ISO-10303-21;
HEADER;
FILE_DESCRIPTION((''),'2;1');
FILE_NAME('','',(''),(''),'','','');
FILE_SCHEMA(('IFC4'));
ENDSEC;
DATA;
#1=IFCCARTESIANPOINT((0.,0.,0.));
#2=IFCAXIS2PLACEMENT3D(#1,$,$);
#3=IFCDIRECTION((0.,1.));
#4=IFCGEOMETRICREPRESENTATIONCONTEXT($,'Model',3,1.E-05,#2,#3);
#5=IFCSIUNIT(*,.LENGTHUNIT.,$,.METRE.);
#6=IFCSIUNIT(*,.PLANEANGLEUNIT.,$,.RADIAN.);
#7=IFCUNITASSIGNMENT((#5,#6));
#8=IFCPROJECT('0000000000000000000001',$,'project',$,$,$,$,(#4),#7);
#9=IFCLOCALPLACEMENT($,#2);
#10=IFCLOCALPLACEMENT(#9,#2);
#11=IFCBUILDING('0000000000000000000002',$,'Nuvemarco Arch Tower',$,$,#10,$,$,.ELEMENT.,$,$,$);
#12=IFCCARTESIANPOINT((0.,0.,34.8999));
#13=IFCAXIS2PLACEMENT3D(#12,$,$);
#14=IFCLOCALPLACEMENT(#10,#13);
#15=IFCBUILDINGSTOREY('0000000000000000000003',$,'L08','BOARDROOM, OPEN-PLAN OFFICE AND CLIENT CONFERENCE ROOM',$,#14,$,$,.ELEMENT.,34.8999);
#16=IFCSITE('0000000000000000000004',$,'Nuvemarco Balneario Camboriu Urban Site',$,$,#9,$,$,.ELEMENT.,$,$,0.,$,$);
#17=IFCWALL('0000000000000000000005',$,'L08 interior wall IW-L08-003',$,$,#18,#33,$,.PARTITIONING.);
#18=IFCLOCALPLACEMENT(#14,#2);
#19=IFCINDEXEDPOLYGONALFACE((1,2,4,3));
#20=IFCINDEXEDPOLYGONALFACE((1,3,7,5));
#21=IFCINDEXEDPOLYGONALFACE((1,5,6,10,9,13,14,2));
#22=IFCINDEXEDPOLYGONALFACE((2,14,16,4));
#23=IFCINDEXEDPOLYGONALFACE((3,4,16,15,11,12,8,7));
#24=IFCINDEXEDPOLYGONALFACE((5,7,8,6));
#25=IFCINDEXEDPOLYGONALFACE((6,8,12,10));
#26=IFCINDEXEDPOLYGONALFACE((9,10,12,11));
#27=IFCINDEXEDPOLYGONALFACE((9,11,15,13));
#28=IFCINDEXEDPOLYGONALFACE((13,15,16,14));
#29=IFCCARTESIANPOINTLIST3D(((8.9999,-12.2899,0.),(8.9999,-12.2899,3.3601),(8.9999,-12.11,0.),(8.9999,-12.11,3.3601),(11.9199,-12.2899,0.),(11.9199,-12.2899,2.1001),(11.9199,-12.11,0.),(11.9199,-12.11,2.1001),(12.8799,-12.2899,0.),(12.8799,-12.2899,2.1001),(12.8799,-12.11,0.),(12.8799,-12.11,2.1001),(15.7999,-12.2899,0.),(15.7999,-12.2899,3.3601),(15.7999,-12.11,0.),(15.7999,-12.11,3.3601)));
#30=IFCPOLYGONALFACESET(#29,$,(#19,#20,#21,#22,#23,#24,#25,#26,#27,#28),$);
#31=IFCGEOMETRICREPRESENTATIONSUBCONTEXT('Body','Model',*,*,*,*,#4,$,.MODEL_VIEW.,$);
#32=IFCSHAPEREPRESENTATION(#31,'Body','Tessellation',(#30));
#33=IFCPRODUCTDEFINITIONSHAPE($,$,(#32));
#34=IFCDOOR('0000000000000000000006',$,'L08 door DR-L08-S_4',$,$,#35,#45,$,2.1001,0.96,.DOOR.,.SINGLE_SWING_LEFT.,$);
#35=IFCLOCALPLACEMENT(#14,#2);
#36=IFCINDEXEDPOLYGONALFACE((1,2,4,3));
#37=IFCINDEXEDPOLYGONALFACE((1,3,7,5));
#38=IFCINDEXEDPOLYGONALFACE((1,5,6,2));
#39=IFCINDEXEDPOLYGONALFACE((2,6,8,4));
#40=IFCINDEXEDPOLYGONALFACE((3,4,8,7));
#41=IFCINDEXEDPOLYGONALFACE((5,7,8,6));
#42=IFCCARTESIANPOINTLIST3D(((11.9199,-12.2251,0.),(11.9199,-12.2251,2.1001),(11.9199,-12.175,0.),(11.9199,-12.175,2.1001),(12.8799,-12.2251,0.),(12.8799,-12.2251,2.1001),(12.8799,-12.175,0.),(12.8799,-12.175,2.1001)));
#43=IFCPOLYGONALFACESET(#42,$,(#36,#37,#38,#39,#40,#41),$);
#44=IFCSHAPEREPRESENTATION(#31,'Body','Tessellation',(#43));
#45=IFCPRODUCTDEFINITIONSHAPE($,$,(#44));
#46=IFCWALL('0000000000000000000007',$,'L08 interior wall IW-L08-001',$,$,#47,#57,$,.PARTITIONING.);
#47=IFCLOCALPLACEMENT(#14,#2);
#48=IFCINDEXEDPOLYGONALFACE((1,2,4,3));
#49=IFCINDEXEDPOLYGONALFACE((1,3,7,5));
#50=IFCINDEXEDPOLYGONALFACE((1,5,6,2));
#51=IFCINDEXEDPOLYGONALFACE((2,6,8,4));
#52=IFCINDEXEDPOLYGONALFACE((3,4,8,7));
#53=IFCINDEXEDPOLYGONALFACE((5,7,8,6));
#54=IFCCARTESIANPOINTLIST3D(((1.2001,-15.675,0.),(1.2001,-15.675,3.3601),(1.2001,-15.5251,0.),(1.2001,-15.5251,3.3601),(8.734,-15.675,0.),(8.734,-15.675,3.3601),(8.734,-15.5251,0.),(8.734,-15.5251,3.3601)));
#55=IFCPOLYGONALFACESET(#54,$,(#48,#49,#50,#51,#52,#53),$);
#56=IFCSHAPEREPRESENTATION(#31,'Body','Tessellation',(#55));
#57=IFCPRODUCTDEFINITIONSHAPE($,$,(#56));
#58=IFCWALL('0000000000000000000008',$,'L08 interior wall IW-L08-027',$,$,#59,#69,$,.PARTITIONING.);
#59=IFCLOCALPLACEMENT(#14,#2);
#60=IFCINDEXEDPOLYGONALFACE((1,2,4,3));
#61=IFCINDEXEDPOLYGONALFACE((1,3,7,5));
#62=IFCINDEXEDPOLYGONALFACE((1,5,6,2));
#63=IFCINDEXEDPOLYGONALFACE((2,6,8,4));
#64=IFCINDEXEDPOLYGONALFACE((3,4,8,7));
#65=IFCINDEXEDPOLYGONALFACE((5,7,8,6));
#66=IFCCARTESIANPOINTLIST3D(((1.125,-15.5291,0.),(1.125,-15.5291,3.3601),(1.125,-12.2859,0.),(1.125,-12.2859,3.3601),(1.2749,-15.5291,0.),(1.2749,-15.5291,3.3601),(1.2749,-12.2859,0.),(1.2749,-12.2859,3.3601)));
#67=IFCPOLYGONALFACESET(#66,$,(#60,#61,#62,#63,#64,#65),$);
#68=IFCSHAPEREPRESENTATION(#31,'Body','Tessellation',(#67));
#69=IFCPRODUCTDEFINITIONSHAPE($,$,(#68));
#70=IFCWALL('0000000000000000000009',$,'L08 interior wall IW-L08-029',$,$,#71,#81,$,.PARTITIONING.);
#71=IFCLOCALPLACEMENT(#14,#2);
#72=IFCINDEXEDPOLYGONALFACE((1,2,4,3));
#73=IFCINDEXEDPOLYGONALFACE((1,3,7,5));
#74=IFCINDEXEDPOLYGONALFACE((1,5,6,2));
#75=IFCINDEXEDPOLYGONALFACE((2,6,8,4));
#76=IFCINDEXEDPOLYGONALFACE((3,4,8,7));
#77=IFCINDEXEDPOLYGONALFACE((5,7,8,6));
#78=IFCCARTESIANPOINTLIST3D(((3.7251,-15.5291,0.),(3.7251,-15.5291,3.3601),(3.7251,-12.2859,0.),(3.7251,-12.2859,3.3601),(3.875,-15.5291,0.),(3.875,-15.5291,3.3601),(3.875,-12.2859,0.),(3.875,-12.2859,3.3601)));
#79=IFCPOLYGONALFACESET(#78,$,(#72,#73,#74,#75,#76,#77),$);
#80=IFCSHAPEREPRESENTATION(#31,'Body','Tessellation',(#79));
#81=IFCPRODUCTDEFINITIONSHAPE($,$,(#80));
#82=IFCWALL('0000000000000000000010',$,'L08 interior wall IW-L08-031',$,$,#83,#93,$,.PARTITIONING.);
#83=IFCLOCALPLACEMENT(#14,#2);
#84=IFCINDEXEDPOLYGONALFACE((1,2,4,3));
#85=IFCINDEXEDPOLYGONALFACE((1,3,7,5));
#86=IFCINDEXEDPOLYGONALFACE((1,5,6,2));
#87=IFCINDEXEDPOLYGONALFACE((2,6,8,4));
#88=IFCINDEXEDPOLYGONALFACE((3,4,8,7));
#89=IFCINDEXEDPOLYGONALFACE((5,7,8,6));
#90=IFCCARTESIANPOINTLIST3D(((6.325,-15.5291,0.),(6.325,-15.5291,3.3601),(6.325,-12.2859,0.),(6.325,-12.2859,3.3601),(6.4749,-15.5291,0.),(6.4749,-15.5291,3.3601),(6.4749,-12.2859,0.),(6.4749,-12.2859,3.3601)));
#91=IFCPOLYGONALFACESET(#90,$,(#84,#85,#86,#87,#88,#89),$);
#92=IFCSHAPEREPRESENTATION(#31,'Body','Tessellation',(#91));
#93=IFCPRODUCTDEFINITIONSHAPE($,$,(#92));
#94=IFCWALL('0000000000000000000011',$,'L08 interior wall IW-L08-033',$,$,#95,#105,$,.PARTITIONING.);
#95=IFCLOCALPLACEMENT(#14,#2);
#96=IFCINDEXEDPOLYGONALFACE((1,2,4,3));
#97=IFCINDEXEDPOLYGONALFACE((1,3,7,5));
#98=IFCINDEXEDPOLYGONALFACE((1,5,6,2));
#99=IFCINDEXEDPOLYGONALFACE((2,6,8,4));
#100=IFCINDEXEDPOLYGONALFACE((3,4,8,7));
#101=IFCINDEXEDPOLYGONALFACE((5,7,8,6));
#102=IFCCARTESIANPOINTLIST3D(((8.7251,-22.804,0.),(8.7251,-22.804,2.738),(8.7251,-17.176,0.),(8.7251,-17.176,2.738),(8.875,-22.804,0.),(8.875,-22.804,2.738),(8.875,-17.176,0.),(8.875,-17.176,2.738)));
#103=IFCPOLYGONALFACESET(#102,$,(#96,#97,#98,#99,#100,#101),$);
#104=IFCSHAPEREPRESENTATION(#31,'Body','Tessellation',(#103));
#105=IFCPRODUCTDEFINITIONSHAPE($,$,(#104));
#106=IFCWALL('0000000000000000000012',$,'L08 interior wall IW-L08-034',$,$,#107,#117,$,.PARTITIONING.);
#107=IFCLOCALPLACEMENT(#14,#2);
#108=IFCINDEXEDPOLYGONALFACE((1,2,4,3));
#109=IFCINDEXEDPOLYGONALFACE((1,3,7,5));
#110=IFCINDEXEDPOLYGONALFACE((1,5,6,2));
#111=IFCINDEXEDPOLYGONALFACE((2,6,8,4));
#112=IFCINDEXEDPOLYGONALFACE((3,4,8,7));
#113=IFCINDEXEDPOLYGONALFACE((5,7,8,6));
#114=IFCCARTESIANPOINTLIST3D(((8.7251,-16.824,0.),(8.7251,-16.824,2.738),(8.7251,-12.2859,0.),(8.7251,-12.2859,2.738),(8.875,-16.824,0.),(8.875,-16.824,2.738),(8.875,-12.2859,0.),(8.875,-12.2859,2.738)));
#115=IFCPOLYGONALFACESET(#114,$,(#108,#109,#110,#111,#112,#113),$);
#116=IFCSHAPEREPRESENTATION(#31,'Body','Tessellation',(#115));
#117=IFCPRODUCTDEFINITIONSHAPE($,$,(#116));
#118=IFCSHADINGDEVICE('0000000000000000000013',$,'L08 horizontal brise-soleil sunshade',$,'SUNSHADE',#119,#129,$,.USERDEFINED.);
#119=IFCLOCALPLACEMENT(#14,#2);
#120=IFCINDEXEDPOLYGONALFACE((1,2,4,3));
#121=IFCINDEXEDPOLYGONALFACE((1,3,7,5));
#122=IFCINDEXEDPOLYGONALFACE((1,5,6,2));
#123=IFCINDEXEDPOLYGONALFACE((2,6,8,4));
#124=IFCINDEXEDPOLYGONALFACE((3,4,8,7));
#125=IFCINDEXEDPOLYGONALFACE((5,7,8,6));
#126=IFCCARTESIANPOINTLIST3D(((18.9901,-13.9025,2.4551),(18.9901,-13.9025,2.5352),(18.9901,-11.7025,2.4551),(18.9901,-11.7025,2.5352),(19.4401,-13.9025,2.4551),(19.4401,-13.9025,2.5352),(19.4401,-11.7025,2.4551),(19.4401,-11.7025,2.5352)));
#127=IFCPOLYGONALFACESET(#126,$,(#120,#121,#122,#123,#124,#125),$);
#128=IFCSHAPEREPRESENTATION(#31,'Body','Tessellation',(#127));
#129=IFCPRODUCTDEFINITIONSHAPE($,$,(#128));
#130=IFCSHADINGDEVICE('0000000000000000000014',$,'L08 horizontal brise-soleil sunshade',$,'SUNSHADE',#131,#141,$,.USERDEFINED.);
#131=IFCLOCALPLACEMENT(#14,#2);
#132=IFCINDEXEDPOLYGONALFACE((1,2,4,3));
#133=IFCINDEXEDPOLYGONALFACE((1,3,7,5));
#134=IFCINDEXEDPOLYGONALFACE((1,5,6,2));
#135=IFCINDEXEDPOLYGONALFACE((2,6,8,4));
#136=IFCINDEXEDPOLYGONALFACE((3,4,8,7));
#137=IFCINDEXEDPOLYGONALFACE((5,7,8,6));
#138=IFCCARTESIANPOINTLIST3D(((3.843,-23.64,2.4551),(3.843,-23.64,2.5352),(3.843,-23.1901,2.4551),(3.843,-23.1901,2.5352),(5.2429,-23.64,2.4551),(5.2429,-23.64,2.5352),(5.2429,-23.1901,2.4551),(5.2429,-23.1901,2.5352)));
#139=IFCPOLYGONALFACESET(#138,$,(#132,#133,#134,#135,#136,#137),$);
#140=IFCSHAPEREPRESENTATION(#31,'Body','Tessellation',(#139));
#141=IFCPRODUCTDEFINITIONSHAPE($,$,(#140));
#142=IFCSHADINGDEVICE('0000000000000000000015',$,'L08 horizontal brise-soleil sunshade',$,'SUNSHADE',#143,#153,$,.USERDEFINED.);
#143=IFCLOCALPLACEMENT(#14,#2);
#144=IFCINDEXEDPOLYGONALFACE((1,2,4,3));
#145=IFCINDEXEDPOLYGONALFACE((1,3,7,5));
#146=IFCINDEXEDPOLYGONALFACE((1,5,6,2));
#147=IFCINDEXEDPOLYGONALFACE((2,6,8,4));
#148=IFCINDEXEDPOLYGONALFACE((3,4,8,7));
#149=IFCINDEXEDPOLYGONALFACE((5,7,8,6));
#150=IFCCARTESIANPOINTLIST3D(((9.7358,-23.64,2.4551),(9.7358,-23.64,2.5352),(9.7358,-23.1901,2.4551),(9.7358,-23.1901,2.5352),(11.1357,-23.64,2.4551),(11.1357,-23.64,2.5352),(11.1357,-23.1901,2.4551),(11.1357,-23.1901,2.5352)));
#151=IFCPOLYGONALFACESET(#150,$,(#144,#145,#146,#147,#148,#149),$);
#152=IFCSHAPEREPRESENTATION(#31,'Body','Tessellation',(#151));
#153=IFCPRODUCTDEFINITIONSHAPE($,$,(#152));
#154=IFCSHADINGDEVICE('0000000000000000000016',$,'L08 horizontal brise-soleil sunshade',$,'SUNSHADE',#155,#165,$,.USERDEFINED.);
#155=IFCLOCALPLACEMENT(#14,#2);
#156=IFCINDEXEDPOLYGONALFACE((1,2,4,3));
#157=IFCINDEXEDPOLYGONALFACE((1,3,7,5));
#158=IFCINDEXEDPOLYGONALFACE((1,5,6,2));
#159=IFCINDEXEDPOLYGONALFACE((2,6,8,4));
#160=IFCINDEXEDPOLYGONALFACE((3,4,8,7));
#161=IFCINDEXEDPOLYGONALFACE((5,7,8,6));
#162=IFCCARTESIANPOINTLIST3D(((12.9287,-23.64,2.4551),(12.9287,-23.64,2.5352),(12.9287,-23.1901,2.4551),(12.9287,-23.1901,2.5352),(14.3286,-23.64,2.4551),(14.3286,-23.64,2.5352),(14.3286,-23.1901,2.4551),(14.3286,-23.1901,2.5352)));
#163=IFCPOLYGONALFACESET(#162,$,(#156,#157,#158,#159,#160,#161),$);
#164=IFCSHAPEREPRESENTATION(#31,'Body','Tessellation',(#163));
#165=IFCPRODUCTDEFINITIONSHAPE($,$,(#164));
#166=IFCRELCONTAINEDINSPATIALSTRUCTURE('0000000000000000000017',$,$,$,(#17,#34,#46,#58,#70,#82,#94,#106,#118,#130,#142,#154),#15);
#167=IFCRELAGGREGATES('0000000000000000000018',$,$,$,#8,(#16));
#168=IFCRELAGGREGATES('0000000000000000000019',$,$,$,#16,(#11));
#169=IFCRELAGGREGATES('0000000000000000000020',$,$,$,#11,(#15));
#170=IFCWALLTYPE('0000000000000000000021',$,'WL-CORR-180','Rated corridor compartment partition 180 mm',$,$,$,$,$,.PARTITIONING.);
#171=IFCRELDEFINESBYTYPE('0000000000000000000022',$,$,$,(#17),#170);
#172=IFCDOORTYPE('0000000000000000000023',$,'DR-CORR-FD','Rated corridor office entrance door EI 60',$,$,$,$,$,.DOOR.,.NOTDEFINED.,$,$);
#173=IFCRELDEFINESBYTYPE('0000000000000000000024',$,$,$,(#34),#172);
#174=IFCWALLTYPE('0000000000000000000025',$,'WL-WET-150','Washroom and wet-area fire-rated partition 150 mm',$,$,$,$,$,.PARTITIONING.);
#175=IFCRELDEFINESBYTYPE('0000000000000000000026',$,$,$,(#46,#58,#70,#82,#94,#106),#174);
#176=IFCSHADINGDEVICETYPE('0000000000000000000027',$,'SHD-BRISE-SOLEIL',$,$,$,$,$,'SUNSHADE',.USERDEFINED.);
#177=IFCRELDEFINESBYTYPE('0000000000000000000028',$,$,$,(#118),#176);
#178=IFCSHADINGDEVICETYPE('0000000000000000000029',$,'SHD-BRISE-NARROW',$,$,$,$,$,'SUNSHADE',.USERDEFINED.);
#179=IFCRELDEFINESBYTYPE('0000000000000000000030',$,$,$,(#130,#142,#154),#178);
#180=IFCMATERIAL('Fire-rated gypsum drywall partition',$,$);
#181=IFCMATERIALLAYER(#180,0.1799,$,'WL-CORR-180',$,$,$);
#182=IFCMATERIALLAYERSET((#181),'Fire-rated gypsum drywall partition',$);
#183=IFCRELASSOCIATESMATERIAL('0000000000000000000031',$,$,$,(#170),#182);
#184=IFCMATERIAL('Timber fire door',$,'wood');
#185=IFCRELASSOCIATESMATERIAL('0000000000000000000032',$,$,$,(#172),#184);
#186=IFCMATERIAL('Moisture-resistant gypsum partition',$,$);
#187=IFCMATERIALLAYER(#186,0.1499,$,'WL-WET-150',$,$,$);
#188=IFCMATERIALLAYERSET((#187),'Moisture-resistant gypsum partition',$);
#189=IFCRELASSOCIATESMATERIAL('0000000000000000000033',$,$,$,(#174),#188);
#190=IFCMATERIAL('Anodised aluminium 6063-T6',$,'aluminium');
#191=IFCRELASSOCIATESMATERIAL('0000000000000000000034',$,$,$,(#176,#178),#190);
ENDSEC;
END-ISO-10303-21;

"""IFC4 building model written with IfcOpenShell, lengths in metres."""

from ifc_helpers import new_model, si_unit, direction, frame, frame_2d, origin, origin_2d, place, context, subcontext, project, spatial, rectangle, extrude, source, transform, mapped, material, layer, layer_set, type_object, type_shapes, element, fill, save


model = new_model("IFC4")

# Units and contexts
model_context = context("Model", 3, precision=1e-05, world=origin(), true_north=direction((0.0, 1.0)))
body_context = subcontext(model_context, "Body", "Model", "MODEL_VIEW")
ifc_project = project(units=[si_unit("LENGTHUNIT", "METRE"), si_unit("PLANEANGLEUNIT", "RADIAN")], contexts=[model_context])

# Site, building, storey
site_placement = place(None, origin())
site = spatial("IfcSite", under=ifc_project, at=site_placement, Name="Nuvemarco Balneario Camboriu Urban Site", CompositionType="ELEMENT", RefElevation=0.0)
building_placement = place(site_placement, origin())
building = spatial("IfcBuilding", under=site, at=building_placement, Name="Nuvemarco Arch Tower", CompositionType="ELEMENT")
storey_placement = place(building_placement, frame((0.0, 0.0, 34.8999)))
storey = spatial("IfcBuildingStorey", under=building, at=storey_placement, Name="L08", Description="BOARDROOM, OPEN-PLAN OFFICE AND CLIENT CONFERENCE ROOM", CompositionType="ELEMENT", Elevation=34.8999)

# Wall, opening, door
ifc_material_1 = material(Name="Fire-rated gypsum drywall partition")
ifc_layer_1 = layer(ifc_material_1, 0.1799, Name="WL-CORR-180")
ifc_layer_set_1 = layer_set([ifc_layer_1], Name="Fire-rated gypsum drywall partition")
wall_type_1 = type_object("IfcWallType", Name="WL-CORR-180", Description="Rated corridor compartment partition 180 mm", PredefinedType="PARTITIONING", material=ifc_layer_set_1)
wall_1_placement = place(storey_placement, frame((9.0, -12.2, 0.0), z_axis=(0.0, 0.0, 1.0), x_axis=(1.0, 0.0, 0.0)))
wall_1 = element("IfcWall", 1, at=wall_1_placement, inside=storey, type_object=wall_type_1, Name="L08 interior wall IW-L08-003", PredefinedType="PARTITIONING", context=body_context, shape_type="SweptSolid", body=[
    extrude(rectangle(XDim=6.8, YDim=0.1799, at=frame_2d((3.3999, 0.0))), origin(), (0.0, 0.0, 1.0), 3.3601),
])
opening_1_placement = place(wall_1_placement, frame((2.9199, 0.0, 0.0)))
opening_1 = element("IfcOpeningElement", 2, at=opening_1_placement, cuts=wall_1, PredefinedType="OPENING", context=body_context, shape_type="SweptSolid", body=[
    extrude(rectangle(XDim=0.96, YDim=2.1001, at=frame_2d((0.48, 1.05))), frame((0.0, 0.0999, 0.0), z_axis=(0.0, -1.0, 0.0), x_axis=(1.0, 0.0, 0.0)), (0.0, 0.0, 1.0), 0.2),
])
ifc_material_2 = material(Name="Timber fire door", Category="wood")
door_type = type_object("IfcDoorType", Name="DR-CORR-FD", Description="Rated corridor office entrance door EI 60", OperationType="NOTDEFINED", PredefinedType="DOOR", material=ifc_material_2)
shared_shape_1 = source(origin(), body_context, "Body", "SweptSolid", [
    extrude(rectangle(XDim=0.96, YDim=2.1001, at=frame_2d((0.48, 1.05))), frame((0.0, 0.0249, 0.0), z_axis=(0.0, -1.0, 0.0), x_axis=(1.0, 0.0, 0.0)), (0.0, 0.0, 1.0), 0.05),
])
type_shapes(door_type, [shared_shape_1])
door_placement = place(opening_1_placement, origin())
door = element("IfcDoor", 3, at=door_placement, inside=storey, type_object=door_type, Name="L08 door DR-L08-S_4", OperationType="SINGLE_SWING_LEFT", OverallHeight=2.1001, OverallWidth=0.96, PredefinedType="DOOR", context=body_context, shape_type="MappedRepresentation", body=[
    mapped(shared_shape_1, transform((0.0, 0.0, 0.0), scale=1.0)),
])
fill(opening_1, door)

# Walls
ifc_material_3 = material(Name="Moisture-resistant gypsum partition")
ifc_layer_2 = layer(ifc_material_3, 0.1499, Name="WL-WET-150")
ifc_layer_set_2 = layer_set([ifc_layer_2], Name="Moisture-resistant gypsum partition")
wall_type_2 = type_object("IfcWallType", Name="WL-WET-150", Description="Washroom and wet-area fire-rated partition 150 mm", PredefinedType="PARTITIONING", material=ifc_layer_set_2)
wall_2_placement = place(storey_placement, frame((1.2, -15.6001, 0.0), z_axis=(0.0, 0.0, 1.0), x_axis=(1.0, 0.0, 0.0)))
element("IfcWall", 4, at=wall_2_placement, inside=storey, type_object=wall_type_2, Name="L08 interior wall IW-L08-001", PredefinedType="PARTITIONING", context=body_context, shape_type="SweptSolid", body=[
    extrude(rectangle(XDim=7.5339, YDim=0.1499, at=frame_2d((3.7671, 0.0))), origin(), (0.0, 0.0, 1.0), 3.3601),
])
for number, where, z_axis, x_axis, name in (
    (5, (1.2, -15.5291, 0.0), (0.0, 0.0, 1.0), (0.0, 1.0, 0.0), "L08 interior wall IW-L08-027"),
    (6, (3.8, -15.5291, 0.0), (0.0, 0.0, 1.0), (0.0, 1.0, 0.0), "L08 interior wall IW-L08-029"),
    (7, (6.3999, -15.5291, 0.0), (0.0, 0.0, 1.0), (0.0, 1.0, 0.0), "L08 interior wall IW-L08-031"),
):
    element("IfcWall", number, at=place(storey_placement, frame(where, z_axis=z_axis, x_axis=x_axis)), inside=storey, type_object=wall_type_2, Name=name, PredefinedType="PARTITIONING", context=body_context, shape_type="SweptSolid", body=[
        extrude(rectangle(XDim=3.2432, YDim=0.1499, at=frame_2d((1.6216, 0.0))), origin(), (0.0, 0.0, 1.0), 3.3601),
    ])
wall_3_placement = place(storey_placement, frame((8.8, -22.804, 0.0), z_axis=(0.0, 0.0, 1.0), x_axis=(0.0, 1.0, 0.0)))
element("IfcWall", 8, at=wall_3_placement, inside=storey, type_object=wall_type_2, Name="L08 interior wall IW-L08-033", PredefinedType="PARTITIONING", context=body_context, shape_type="SweptSolid", body=[
    extrude(rectangle(XDim=5.6279, YDim=0.1499, at=frame_2d((2.814, 0.0))), origin(), (0.0, 0.0, 1.0), 2.738),
])
wall_4_placement = place(storey_placement, frame((8.8, -16.824, 0.0), z_axis=(0.0, 0.0, 1.0), x_axis=(0.0, 1.0, 0.0)))
element("IfcWall", 9, at=wall_4_placement, inside=storey, type_object=wall_type_2, Name="L08 interior wall IW-L08-034", PredefinedType="PARTITIONING", context=body_context, shape_type="SweptSolid", body=[
    extrude(rectangle(XDim=4.5381, YDim=0.1499, at=frame_2d((2.269, 0.0))), origin(), (0.0, 0.0, 1.0), 2.738),
])

# Shading devices
ifc_material_4 = material(Name="Anodised aluminium 6063-T6", Category="aluminium")
shading_device_type_1 = type_object("IfcShadingDeviceType", Name="SHD-BRISE-SOLEIL", ElementType="SUNSHADE", PredefinedType="USERDEFINED", material=ifc_material_4)
shared_shape_2 = source(origin(), body_context, "Body", "SweptSolid", [
    extrude(rectangle(XDim=2.2, YDim=0.45, at=origin_2d()), origin(), (0.0, 0.0, 1.0), 0.0801),
])
type_shapes(shading_device_type_1, [shared_shape_2])
shading_device_placement = place(storey_placement, frame((19.2151, -12.8025, 2.4551), z_axis=(0.0, 0.0, 1.0), x_axis=(0.0, 1.0, 0.0)))
element("IfcShadingDevice", 10, at=shading_device_placement, inside=storey, type_object=shading_device_type_1, Name="L08 horizontal brise-soleil sunshade", ObjectType="SUNSHADE", PredefinedType="USERDEFINED", context=body_context, shape_type="MappedRepresentation", body=[
    mapped(shared_shape_2, transform((0.0, 0.0, 0.0), scale=1.0)),
])
shading_device_type_2 = type_object("IfcShadingDeviceType", Name="SHD-BRISE-NARROW", ElementType="SUNSHADE", PredefinedType="USERDEFINED", material=ifc_material_4)
shared_shape_3 = source(origin(), body_context, "Body", "SweptSolid", [
    extrude(rectangle(XDim=1.3999, YDim=0.45, at=origin_2d()), origin(), (0.0, 0.0, 1.0), 0.0801),
])
type_shapes(shading_device_type_2, [shared_shape_3])
for number, where, z_axis, x_axis, name in (
    (11, (4.543, -23.415, 2.4551), (0.0, 0.0, 1.0), (1.0, 0.0, 0.0), "L08 horizontal brise-soleil sunshade"),
    (12, (10.4358, -23.415, 2.4551), (0.0, 0.0, 1.0), (1.0, 0.0, 0.0), "L08 horizontal brise-soleil sunshade"),
    (13, (13.6287, -23.415, 2.4551), (0.0, 0.0, 1.0), (1.0, 0.0, 0.0), "L08 horizontal brise-soleil sunshade"),
):
    element("IfcShadingDevice", number, at=place(storey_placement, frame(where, z_axis=z_axis, x_axis=x_axis)), inside=storey, type_object=shading_device_type_2, Name=name, ObjectType="SUNSHADE", PredefinedType="USERDEFINED", context=body_context, shape_type="MappedRepresentation", body=[
        mapped(shared_shape_3, transform((0.0, 0.0, 0.0), scale=1.0)),
    ])

save(model, "model.ifc")
